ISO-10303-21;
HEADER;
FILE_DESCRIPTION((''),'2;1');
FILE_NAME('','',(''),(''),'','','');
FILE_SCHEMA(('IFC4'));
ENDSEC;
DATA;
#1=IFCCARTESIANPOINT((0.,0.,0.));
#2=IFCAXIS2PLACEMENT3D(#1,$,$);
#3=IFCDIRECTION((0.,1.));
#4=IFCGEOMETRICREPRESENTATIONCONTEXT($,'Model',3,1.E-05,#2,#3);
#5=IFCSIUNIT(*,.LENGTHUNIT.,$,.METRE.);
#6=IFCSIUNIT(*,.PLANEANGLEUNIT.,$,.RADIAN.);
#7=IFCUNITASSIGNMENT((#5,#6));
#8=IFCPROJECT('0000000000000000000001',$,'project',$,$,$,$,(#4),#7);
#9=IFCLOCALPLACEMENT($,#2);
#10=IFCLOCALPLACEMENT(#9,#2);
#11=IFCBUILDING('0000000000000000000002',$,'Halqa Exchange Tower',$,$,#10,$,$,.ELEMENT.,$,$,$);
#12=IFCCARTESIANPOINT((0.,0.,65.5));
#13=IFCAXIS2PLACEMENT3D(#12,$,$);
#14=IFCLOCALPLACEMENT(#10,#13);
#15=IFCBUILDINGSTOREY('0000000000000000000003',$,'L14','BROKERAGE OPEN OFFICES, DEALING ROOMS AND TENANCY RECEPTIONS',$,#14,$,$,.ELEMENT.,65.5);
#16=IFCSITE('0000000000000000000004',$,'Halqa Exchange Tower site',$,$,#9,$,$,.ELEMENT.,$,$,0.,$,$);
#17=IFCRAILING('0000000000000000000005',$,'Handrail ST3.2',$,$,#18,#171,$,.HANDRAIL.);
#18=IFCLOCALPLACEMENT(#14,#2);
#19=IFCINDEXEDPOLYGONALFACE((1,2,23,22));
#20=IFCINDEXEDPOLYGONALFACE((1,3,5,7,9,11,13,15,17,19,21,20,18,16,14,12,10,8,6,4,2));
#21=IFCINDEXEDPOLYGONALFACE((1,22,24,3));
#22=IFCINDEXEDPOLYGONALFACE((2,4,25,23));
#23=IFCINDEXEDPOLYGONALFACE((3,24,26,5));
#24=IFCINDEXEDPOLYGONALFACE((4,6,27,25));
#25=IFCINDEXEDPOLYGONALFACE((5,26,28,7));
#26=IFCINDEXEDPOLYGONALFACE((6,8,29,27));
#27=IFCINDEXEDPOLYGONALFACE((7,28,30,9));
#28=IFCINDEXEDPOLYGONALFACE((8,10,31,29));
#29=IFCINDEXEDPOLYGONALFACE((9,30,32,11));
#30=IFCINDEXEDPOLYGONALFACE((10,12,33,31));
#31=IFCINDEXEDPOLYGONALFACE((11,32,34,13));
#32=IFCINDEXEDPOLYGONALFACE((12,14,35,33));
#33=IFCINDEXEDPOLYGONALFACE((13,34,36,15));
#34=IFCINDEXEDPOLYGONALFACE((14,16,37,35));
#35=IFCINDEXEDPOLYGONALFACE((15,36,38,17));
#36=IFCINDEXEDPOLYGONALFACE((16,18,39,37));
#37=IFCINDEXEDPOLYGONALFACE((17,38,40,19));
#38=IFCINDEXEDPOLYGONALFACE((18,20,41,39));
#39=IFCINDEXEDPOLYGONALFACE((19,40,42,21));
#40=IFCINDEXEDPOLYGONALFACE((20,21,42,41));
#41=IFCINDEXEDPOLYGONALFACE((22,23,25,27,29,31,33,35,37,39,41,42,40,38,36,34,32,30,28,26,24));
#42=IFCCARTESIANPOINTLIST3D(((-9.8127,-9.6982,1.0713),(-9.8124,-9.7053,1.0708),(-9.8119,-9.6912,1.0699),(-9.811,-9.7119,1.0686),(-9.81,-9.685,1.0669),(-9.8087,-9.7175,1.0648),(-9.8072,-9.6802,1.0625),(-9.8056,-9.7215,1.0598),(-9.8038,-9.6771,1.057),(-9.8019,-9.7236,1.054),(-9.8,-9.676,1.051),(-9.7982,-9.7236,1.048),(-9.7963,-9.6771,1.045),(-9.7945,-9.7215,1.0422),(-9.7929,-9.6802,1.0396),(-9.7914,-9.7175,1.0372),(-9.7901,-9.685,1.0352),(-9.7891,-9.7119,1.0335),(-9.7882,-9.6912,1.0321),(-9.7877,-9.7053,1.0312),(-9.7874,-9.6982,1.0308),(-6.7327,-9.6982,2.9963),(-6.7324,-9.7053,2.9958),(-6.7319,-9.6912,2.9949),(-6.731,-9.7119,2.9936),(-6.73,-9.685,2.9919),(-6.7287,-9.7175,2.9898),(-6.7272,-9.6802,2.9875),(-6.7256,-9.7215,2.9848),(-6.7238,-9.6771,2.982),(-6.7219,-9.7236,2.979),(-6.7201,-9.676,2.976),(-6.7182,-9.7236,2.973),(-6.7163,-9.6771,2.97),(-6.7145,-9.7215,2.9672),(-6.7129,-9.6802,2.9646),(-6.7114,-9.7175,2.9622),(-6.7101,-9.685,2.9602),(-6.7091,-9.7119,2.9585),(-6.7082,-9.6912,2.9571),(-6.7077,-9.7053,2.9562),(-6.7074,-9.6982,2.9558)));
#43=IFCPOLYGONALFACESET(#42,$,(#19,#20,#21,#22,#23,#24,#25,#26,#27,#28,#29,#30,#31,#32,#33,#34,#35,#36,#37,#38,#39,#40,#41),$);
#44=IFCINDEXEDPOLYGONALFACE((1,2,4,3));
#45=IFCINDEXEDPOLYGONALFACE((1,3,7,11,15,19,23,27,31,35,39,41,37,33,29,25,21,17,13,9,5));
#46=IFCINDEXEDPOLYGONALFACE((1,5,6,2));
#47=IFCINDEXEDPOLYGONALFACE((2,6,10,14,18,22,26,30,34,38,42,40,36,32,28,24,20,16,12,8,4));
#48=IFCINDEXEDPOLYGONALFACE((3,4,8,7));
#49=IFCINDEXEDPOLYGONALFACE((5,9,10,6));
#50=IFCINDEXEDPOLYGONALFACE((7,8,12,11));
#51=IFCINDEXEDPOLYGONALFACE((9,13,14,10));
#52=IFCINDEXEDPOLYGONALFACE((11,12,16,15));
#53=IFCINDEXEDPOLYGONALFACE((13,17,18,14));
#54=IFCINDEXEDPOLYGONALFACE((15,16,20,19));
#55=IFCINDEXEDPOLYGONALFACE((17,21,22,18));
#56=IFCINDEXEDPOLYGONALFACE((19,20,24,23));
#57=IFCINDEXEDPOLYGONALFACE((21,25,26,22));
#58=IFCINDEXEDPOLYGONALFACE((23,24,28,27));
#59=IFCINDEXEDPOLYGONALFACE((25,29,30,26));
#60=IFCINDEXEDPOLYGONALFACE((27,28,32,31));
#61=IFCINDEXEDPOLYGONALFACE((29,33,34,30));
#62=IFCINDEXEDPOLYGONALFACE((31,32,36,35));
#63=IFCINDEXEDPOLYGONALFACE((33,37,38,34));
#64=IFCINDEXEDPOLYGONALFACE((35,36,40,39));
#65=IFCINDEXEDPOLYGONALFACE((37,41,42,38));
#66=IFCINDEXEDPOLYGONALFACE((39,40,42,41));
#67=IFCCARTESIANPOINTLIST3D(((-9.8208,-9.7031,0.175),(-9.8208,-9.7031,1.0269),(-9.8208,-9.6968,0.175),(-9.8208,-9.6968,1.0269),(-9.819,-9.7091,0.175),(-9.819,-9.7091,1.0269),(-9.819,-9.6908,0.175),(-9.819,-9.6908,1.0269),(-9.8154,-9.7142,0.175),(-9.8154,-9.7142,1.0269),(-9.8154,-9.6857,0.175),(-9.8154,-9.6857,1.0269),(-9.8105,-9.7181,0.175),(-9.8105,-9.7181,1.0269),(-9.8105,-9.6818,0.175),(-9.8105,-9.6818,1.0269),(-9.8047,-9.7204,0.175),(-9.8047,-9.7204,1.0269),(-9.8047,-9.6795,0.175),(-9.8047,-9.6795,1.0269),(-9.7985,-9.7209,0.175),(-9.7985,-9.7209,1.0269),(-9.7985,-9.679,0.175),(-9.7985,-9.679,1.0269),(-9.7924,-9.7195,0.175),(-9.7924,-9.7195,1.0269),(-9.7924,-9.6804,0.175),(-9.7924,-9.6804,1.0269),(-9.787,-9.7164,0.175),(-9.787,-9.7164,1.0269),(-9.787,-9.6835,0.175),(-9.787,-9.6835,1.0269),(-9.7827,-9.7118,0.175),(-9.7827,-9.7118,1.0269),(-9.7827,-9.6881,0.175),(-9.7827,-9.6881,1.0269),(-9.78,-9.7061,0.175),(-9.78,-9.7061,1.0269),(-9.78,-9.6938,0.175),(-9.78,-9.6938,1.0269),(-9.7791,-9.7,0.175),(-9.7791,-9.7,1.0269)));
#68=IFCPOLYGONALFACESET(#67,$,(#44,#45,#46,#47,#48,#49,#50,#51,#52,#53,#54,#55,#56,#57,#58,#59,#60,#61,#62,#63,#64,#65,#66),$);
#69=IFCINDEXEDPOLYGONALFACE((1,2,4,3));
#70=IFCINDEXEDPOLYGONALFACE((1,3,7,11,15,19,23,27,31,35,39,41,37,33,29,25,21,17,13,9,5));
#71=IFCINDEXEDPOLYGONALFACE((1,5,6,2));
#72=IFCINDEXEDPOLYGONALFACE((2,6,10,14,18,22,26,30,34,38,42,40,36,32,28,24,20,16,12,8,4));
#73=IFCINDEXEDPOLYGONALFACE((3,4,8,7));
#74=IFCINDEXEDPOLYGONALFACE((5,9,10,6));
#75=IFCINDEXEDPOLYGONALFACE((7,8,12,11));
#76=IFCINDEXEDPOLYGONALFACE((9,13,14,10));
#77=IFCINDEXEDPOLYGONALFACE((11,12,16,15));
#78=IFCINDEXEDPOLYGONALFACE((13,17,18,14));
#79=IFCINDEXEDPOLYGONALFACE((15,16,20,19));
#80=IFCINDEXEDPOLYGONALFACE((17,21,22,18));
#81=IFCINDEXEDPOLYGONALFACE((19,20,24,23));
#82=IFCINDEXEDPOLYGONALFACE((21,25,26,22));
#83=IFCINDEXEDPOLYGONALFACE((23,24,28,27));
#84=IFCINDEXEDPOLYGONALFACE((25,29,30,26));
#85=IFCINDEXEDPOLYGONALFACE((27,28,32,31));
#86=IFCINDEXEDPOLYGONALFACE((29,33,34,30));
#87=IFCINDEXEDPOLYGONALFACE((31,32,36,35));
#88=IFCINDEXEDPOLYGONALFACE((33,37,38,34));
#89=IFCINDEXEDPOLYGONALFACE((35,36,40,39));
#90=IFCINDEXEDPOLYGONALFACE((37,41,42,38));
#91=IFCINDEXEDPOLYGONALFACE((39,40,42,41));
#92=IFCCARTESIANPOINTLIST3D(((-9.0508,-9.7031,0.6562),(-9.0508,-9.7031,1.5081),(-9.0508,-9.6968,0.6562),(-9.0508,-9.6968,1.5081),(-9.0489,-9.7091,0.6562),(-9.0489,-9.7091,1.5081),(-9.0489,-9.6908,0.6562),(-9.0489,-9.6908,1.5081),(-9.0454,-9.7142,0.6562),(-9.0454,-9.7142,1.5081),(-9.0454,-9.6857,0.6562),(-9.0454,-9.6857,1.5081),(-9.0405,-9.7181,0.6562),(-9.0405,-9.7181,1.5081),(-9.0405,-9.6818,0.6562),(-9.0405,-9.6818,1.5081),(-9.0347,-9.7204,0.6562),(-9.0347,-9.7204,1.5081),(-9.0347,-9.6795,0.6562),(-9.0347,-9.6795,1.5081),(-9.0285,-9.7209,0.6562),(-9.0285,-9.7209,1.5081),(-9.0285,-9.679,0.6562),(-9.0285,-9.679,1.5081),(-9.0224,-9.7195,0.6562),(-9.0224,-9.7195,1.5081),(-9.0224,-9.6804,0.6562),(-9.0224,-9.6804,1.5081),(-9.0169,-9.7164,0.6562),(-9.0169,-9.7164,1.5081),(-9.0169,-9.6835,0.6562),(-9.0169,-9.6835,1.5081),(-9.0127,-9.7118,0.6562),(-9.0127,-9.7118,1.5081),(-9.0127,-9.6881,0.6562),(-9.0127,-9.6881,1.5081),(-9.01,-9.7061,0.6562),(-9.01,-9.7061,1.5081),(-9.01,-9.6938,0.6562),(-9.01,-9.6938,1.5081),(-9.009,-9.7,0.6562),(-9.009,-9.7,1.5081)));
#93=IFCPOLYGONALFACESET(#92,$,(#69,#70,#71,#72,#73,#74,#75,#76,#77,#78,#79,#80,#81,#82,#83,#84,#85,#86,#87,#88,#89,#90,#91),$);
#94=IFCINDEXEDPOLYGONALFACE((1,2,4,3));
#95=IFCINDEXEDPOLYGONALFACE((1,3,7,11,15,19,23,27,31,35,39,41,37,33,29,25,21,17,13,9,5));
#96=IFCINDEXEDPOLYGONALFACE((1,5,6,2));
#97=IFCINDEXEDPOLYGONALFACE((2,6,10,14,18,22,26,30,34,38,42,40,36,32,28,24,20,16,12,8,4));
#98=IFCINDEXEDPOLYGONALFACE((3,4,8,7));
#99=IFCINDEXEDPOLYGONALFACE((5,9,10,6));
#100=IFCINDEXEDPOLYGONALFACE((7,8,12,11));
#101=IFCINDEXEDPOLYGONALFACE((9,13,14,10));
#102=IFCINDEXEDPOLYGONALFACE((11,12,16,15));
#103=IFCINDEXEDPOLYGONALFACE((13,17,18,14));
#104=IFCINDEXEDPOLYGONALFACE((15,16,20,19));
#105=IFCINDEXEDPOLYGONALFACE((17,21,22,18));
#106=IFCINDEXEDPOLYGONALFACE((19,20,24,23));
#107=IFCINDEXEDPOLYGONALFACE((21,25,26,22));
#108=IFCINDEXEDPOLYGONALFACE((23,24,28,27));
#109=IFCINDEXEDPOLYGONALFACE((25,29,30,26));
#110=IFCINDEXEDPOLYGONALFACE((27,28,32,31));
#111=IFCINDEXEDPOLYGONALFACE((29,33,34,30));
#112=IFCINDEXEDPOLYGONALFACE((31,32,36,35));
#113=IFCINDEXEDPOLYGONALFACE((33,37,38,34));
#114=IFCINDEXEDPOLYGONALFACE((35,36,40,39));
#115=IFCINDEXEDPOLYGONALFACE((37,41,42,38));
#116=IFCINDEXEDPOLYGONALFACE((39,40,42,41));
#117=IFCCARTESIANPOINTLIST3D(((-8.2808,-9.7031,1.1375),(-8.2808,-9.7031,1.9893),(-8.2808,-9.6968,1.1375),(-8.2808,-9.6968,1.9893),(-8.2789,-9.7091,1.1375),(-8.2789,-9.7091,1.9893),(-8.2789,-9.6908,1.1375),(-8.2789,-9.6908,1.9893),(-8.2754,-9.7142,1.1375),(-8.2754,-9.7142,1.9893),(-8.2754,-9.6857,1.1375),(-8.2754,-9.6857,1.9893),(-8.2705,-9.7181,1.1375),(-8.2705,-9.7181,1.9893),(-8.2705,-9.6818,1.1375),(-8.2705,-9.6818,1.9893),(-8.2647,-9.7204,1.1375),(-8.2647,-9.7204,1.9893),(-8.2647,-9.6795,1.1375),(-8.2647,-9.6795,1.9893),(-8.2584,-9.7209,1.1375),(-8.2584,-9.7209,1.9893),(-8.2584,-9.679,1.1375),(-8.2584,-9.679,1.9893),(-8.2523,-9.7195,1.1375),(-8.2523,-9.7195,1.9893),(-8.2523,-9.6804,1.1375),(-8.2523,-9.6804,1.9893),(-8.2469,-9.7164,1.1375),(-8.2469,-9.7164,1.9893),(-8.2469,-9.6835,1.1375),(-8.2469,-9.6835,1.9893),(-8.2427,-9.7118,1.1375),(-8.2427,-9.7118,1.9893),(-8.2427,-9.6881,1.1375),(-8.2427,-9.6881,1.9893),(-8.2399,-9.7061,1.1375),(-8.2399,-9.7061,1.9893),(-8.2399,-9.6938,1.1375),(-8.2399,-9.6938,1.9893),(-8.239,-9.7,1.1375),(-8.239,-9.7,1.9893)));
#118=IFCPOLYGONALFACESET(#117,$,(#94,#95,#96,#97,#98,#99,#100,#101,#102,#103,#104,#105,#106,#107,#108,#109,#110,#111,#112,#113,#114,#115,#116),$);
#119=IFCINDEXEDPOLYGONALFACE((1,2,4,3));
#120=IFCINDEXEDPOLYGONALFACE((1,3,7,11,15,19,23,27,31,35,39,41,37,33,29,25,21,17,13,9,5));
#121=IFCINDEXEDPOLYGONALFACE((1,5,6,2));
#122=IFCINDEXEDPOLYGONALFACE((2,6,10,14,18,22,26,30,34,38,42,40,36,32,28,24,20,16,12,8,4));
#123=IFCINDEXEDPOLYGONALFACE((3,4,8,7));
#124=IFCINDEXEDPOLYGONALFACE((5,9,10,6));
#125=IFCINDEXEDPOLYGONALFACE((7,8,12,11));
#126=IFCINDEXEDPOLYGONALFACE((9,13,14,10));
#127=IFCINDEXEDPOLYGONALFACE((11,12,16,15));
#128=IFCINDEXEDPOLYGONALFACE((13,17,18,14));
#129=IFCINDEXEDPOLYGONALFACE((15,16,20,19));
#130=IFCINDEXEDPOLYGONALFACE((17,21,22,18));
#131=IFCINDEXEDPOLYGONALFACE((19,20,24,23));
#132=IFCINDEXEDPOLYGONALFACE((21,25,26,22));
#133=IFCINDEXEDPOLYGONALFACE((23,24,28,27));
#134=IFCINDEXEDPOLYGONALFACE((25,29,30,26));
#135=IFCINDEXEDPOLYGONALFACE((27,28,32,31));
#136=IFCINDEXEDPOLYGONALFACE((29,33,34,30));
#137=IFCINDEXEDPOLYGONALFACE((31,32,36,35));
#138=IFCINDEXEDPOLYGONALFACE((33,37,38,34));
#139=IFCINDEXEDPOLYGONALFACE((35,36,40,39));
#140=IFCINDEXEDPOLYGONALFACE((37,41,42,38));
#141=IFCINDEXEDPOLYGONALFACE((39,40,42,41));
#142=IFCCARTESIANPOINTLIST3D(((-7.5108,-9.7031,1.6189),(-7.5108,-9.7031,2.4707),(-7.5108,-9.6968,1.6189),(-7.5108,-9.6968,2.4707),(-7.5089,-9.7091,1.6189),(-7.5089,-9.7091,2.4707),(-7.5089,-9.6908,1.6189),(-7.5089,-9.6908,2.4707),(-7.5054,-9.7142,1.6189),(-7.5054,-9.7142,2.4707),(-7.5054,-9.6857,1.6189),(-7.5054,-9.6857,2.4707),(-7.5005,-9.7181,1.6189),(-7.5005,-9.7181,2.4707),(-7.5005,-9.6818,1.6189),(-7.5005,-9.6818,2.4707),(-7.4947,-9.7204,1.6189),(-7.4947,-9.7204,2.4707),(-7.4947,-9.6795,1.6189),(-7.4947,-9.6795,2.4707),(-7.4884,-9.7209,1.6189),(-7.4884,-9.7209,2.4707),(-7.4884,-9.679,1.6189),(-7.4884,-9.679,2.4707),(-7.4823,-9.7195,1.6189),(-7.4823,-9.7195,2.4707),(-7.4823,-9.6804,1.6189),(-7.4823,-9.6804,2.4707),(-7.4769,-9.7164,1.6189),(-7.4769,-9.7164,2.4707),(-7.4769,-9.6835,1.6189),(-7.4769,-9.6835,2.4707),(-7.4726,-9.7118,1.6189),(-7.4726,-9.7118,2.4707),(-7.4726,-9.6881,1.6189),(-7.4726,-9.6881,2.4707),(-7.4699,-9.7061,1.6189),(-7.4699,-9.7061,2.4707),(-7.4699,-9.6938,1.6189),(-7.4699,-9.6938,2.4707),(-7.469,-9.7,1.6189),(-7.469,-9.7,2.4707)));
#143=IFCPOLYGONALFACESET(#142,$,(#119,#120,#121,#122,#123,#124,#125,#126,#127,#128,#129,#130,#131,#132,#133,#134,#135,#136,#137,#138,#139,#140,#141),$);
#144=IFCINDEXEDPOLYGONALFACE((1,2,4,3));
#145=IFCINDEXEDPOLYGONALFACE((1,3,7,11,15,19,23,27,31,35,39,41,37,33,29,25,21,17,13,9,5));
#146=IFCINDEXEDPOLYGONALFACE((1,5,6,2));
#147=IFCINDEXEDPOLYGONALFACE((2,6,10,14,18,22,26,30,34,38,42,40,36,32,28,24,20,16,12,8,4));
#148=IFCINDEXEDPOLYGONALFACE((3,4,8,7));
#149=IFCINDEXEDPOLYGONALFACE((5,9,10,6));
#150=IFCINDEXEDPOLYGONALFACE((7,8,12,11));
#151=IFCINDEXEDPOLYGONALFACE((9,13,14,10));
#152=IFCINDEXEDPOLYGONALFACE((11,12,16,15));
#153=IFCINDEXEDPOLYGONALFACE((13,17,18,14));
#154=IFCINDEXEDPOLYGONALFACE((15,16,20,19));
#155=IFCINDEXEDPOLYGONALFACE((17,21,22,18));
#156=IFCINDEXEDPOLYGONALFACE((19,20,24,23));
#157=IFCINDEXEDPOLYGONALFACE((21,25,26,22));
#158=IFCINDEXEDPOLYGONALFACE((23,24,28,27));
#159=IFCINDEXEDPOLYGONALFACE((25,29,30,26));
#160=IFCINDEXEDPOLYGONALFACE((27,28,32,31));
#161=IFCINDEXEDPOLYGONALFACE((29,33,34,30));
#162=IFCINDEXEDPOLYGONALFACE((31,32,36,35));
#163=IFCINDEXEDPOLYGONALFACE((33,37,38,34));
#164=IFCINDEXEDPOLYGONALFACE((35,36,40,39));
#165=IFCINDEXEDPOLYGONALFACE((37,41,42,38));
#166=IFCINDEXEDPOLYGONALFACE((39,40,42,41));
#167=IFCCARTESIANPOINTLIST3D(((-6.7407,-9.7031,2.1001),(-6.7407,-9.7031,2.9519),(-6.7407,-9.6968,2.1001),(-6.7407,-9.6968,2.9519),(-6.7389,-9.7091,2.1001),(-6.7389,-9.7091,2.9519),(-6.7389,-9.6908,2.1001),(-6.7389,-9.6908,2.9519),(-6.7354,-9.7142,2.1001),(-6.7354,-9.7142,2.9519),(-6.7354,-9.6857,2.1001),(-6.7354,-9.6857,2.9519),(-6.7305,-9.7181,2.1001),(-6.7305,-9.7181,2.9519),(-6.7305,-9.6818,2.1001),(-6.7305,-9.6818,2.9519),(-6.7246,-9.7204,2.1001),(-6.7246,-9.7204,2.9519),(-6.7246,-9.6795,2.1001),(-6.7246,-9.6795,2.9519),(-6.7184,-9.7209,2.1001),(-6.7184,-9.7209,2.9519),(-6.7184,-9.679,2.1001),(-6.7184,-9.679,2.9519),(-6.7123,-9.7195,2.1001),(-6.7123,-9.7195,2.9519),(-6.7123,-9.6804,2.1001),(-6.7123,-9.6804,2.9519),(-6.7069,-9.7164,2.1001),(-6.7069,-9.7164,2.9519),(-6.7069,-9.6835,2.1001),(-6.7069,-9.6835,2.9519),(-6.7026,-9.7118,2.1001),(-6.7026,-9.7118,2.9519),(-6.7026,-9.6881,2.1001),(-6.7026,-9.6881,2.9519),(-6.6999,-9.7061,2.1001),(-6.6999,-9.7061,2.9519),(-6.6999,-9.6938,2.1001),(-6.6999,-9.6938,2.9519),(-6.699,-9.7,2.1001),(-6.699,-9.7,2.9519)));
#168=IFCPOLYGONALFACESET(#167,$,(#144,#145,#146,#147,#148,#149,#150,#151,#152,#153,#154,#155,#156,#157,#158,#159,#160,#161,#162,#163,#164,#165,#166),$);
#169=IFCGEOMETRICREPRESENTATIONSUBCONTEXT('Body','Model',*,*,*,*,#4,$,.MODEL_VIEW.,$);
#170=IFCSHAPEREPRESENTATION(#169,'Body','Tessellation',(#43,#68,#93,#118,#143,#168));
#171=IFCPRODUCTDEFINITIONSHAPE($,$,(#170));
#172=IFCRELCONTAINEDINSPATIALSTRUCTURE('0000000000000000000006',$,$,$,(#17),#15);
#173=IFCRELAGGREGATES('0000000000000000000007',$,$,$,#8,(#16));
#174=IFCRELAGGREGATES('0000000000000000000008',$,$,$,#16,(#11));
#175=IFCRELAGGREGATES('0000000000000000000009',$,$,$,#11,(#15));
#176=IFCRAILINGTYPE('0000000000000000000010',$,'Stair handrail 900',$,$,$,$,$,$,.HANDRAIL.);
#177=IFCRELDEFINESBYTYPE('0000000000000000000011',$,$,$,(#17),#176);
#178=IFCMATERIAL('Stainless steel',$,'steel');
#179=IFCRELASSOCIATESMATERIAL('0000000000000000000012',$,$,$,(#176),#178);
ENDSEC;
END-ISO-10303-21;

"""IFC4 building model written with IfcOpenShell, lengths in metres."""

from ifc_helpers import new_model, si_unit, direction, frame, origin, origin_2d, place, context, subcontext, project, spatial, circle, extrude, material, type_object, element, save


model = new_model("IFC4")

# Units and contexts
model_context = context("Model", 3, precision=1e-05, world=origin(), true_north=direction((0.0, 1.0)))
body_context = subcontext(model_context, "Body", "Model", "MODEL_VIEW")
ifc_project = project(units=[si_unit("LENGTHUNIT", "METRE"), si_unit("PLANEANGLEUNIT", "RADIAN")], contexts=[model_context])

# Site, building, storey
site_placement = place(None, origin())
site = spatial("IfcSite", under=ifc_project, at=site_placement, Name="Halqa Exchange Tower site", CompositionType="ELEMENT", RefElevation=0.0)
building_placement = place(site_placement, origin())
building = spatial("IfcBuilding", under=site, at=building_placement, Name="Halqa Exchange Tower", CompositionType="ELEMENT")
storey_placement = place(building_placement, frame((0.0, 0.0, 65.5)))
storey = spatial("IfcBuildingStorey", under=building, at=storey_placement, Name="L14", Description="BROKERAGE OPEN OFFICES, DEALING ROOMS AND TENANCY RECEPTIONS", CompositionType="ELEMENT", Elevation=65.5)

# Shared definitions
ifc_material_1 = material(Name="Stainless steel", Category="steel")

# Railing
railing_type_1 = type_object("IfcRailingType", Name="Stair handrail 900", PredefinedType="HANDRAIL", material=ifc_material_1)
railing_1_placement = place(storey_placement, frame((-9.8, -9.7, 0.175)))
element("IfcRailing", 1, at=railing_1_placement, inside=storey, type_object=railing_type_1, Name="Handrail ST3.2", PredefinedType="HANDRAIL", context=body_context, shape_type="SweptSolid", body=[
    extrude(circle(Radius=0.0239, at=origin_2d()), frame((0.0, 0.0, 0.876), z_axis=(0.847998, 0.0, 0.529999), x_axis=(0.0, 1.0, 0.0)), (0.0, 0.0, 1.0), 3.6321),
    extrude(circle(Radius=0.021, at=origin_2d()), origin(), (0.0, 0.0, 1.0), 0.8518),
    extrude(circle(Radius=0.021, at=origin_2d()), frame((0.77, 0.0, 0.4812)), (0.0, 0.0, 1.0), 0.8518),
    extrude(circle(Radius=0.021, at=origin_2d()), frame((1.54, 0.0, 0.9624)), (0.0, 0.0, 1.0), 0.8518),
    extrude(circle(Radius=0.021, at=origin_2d()), frame((2.3101, 0.0, 1.4438)), (0.0, 0.0, 1.0), 0.8518),
    extrude(circle(Radius=0.021, at=origin_2d()), frame((3.0801, 0.0, 1.925)), (0.0, 0.0, 1.0), 0.8518),
])

save(model, "model.ifc")
